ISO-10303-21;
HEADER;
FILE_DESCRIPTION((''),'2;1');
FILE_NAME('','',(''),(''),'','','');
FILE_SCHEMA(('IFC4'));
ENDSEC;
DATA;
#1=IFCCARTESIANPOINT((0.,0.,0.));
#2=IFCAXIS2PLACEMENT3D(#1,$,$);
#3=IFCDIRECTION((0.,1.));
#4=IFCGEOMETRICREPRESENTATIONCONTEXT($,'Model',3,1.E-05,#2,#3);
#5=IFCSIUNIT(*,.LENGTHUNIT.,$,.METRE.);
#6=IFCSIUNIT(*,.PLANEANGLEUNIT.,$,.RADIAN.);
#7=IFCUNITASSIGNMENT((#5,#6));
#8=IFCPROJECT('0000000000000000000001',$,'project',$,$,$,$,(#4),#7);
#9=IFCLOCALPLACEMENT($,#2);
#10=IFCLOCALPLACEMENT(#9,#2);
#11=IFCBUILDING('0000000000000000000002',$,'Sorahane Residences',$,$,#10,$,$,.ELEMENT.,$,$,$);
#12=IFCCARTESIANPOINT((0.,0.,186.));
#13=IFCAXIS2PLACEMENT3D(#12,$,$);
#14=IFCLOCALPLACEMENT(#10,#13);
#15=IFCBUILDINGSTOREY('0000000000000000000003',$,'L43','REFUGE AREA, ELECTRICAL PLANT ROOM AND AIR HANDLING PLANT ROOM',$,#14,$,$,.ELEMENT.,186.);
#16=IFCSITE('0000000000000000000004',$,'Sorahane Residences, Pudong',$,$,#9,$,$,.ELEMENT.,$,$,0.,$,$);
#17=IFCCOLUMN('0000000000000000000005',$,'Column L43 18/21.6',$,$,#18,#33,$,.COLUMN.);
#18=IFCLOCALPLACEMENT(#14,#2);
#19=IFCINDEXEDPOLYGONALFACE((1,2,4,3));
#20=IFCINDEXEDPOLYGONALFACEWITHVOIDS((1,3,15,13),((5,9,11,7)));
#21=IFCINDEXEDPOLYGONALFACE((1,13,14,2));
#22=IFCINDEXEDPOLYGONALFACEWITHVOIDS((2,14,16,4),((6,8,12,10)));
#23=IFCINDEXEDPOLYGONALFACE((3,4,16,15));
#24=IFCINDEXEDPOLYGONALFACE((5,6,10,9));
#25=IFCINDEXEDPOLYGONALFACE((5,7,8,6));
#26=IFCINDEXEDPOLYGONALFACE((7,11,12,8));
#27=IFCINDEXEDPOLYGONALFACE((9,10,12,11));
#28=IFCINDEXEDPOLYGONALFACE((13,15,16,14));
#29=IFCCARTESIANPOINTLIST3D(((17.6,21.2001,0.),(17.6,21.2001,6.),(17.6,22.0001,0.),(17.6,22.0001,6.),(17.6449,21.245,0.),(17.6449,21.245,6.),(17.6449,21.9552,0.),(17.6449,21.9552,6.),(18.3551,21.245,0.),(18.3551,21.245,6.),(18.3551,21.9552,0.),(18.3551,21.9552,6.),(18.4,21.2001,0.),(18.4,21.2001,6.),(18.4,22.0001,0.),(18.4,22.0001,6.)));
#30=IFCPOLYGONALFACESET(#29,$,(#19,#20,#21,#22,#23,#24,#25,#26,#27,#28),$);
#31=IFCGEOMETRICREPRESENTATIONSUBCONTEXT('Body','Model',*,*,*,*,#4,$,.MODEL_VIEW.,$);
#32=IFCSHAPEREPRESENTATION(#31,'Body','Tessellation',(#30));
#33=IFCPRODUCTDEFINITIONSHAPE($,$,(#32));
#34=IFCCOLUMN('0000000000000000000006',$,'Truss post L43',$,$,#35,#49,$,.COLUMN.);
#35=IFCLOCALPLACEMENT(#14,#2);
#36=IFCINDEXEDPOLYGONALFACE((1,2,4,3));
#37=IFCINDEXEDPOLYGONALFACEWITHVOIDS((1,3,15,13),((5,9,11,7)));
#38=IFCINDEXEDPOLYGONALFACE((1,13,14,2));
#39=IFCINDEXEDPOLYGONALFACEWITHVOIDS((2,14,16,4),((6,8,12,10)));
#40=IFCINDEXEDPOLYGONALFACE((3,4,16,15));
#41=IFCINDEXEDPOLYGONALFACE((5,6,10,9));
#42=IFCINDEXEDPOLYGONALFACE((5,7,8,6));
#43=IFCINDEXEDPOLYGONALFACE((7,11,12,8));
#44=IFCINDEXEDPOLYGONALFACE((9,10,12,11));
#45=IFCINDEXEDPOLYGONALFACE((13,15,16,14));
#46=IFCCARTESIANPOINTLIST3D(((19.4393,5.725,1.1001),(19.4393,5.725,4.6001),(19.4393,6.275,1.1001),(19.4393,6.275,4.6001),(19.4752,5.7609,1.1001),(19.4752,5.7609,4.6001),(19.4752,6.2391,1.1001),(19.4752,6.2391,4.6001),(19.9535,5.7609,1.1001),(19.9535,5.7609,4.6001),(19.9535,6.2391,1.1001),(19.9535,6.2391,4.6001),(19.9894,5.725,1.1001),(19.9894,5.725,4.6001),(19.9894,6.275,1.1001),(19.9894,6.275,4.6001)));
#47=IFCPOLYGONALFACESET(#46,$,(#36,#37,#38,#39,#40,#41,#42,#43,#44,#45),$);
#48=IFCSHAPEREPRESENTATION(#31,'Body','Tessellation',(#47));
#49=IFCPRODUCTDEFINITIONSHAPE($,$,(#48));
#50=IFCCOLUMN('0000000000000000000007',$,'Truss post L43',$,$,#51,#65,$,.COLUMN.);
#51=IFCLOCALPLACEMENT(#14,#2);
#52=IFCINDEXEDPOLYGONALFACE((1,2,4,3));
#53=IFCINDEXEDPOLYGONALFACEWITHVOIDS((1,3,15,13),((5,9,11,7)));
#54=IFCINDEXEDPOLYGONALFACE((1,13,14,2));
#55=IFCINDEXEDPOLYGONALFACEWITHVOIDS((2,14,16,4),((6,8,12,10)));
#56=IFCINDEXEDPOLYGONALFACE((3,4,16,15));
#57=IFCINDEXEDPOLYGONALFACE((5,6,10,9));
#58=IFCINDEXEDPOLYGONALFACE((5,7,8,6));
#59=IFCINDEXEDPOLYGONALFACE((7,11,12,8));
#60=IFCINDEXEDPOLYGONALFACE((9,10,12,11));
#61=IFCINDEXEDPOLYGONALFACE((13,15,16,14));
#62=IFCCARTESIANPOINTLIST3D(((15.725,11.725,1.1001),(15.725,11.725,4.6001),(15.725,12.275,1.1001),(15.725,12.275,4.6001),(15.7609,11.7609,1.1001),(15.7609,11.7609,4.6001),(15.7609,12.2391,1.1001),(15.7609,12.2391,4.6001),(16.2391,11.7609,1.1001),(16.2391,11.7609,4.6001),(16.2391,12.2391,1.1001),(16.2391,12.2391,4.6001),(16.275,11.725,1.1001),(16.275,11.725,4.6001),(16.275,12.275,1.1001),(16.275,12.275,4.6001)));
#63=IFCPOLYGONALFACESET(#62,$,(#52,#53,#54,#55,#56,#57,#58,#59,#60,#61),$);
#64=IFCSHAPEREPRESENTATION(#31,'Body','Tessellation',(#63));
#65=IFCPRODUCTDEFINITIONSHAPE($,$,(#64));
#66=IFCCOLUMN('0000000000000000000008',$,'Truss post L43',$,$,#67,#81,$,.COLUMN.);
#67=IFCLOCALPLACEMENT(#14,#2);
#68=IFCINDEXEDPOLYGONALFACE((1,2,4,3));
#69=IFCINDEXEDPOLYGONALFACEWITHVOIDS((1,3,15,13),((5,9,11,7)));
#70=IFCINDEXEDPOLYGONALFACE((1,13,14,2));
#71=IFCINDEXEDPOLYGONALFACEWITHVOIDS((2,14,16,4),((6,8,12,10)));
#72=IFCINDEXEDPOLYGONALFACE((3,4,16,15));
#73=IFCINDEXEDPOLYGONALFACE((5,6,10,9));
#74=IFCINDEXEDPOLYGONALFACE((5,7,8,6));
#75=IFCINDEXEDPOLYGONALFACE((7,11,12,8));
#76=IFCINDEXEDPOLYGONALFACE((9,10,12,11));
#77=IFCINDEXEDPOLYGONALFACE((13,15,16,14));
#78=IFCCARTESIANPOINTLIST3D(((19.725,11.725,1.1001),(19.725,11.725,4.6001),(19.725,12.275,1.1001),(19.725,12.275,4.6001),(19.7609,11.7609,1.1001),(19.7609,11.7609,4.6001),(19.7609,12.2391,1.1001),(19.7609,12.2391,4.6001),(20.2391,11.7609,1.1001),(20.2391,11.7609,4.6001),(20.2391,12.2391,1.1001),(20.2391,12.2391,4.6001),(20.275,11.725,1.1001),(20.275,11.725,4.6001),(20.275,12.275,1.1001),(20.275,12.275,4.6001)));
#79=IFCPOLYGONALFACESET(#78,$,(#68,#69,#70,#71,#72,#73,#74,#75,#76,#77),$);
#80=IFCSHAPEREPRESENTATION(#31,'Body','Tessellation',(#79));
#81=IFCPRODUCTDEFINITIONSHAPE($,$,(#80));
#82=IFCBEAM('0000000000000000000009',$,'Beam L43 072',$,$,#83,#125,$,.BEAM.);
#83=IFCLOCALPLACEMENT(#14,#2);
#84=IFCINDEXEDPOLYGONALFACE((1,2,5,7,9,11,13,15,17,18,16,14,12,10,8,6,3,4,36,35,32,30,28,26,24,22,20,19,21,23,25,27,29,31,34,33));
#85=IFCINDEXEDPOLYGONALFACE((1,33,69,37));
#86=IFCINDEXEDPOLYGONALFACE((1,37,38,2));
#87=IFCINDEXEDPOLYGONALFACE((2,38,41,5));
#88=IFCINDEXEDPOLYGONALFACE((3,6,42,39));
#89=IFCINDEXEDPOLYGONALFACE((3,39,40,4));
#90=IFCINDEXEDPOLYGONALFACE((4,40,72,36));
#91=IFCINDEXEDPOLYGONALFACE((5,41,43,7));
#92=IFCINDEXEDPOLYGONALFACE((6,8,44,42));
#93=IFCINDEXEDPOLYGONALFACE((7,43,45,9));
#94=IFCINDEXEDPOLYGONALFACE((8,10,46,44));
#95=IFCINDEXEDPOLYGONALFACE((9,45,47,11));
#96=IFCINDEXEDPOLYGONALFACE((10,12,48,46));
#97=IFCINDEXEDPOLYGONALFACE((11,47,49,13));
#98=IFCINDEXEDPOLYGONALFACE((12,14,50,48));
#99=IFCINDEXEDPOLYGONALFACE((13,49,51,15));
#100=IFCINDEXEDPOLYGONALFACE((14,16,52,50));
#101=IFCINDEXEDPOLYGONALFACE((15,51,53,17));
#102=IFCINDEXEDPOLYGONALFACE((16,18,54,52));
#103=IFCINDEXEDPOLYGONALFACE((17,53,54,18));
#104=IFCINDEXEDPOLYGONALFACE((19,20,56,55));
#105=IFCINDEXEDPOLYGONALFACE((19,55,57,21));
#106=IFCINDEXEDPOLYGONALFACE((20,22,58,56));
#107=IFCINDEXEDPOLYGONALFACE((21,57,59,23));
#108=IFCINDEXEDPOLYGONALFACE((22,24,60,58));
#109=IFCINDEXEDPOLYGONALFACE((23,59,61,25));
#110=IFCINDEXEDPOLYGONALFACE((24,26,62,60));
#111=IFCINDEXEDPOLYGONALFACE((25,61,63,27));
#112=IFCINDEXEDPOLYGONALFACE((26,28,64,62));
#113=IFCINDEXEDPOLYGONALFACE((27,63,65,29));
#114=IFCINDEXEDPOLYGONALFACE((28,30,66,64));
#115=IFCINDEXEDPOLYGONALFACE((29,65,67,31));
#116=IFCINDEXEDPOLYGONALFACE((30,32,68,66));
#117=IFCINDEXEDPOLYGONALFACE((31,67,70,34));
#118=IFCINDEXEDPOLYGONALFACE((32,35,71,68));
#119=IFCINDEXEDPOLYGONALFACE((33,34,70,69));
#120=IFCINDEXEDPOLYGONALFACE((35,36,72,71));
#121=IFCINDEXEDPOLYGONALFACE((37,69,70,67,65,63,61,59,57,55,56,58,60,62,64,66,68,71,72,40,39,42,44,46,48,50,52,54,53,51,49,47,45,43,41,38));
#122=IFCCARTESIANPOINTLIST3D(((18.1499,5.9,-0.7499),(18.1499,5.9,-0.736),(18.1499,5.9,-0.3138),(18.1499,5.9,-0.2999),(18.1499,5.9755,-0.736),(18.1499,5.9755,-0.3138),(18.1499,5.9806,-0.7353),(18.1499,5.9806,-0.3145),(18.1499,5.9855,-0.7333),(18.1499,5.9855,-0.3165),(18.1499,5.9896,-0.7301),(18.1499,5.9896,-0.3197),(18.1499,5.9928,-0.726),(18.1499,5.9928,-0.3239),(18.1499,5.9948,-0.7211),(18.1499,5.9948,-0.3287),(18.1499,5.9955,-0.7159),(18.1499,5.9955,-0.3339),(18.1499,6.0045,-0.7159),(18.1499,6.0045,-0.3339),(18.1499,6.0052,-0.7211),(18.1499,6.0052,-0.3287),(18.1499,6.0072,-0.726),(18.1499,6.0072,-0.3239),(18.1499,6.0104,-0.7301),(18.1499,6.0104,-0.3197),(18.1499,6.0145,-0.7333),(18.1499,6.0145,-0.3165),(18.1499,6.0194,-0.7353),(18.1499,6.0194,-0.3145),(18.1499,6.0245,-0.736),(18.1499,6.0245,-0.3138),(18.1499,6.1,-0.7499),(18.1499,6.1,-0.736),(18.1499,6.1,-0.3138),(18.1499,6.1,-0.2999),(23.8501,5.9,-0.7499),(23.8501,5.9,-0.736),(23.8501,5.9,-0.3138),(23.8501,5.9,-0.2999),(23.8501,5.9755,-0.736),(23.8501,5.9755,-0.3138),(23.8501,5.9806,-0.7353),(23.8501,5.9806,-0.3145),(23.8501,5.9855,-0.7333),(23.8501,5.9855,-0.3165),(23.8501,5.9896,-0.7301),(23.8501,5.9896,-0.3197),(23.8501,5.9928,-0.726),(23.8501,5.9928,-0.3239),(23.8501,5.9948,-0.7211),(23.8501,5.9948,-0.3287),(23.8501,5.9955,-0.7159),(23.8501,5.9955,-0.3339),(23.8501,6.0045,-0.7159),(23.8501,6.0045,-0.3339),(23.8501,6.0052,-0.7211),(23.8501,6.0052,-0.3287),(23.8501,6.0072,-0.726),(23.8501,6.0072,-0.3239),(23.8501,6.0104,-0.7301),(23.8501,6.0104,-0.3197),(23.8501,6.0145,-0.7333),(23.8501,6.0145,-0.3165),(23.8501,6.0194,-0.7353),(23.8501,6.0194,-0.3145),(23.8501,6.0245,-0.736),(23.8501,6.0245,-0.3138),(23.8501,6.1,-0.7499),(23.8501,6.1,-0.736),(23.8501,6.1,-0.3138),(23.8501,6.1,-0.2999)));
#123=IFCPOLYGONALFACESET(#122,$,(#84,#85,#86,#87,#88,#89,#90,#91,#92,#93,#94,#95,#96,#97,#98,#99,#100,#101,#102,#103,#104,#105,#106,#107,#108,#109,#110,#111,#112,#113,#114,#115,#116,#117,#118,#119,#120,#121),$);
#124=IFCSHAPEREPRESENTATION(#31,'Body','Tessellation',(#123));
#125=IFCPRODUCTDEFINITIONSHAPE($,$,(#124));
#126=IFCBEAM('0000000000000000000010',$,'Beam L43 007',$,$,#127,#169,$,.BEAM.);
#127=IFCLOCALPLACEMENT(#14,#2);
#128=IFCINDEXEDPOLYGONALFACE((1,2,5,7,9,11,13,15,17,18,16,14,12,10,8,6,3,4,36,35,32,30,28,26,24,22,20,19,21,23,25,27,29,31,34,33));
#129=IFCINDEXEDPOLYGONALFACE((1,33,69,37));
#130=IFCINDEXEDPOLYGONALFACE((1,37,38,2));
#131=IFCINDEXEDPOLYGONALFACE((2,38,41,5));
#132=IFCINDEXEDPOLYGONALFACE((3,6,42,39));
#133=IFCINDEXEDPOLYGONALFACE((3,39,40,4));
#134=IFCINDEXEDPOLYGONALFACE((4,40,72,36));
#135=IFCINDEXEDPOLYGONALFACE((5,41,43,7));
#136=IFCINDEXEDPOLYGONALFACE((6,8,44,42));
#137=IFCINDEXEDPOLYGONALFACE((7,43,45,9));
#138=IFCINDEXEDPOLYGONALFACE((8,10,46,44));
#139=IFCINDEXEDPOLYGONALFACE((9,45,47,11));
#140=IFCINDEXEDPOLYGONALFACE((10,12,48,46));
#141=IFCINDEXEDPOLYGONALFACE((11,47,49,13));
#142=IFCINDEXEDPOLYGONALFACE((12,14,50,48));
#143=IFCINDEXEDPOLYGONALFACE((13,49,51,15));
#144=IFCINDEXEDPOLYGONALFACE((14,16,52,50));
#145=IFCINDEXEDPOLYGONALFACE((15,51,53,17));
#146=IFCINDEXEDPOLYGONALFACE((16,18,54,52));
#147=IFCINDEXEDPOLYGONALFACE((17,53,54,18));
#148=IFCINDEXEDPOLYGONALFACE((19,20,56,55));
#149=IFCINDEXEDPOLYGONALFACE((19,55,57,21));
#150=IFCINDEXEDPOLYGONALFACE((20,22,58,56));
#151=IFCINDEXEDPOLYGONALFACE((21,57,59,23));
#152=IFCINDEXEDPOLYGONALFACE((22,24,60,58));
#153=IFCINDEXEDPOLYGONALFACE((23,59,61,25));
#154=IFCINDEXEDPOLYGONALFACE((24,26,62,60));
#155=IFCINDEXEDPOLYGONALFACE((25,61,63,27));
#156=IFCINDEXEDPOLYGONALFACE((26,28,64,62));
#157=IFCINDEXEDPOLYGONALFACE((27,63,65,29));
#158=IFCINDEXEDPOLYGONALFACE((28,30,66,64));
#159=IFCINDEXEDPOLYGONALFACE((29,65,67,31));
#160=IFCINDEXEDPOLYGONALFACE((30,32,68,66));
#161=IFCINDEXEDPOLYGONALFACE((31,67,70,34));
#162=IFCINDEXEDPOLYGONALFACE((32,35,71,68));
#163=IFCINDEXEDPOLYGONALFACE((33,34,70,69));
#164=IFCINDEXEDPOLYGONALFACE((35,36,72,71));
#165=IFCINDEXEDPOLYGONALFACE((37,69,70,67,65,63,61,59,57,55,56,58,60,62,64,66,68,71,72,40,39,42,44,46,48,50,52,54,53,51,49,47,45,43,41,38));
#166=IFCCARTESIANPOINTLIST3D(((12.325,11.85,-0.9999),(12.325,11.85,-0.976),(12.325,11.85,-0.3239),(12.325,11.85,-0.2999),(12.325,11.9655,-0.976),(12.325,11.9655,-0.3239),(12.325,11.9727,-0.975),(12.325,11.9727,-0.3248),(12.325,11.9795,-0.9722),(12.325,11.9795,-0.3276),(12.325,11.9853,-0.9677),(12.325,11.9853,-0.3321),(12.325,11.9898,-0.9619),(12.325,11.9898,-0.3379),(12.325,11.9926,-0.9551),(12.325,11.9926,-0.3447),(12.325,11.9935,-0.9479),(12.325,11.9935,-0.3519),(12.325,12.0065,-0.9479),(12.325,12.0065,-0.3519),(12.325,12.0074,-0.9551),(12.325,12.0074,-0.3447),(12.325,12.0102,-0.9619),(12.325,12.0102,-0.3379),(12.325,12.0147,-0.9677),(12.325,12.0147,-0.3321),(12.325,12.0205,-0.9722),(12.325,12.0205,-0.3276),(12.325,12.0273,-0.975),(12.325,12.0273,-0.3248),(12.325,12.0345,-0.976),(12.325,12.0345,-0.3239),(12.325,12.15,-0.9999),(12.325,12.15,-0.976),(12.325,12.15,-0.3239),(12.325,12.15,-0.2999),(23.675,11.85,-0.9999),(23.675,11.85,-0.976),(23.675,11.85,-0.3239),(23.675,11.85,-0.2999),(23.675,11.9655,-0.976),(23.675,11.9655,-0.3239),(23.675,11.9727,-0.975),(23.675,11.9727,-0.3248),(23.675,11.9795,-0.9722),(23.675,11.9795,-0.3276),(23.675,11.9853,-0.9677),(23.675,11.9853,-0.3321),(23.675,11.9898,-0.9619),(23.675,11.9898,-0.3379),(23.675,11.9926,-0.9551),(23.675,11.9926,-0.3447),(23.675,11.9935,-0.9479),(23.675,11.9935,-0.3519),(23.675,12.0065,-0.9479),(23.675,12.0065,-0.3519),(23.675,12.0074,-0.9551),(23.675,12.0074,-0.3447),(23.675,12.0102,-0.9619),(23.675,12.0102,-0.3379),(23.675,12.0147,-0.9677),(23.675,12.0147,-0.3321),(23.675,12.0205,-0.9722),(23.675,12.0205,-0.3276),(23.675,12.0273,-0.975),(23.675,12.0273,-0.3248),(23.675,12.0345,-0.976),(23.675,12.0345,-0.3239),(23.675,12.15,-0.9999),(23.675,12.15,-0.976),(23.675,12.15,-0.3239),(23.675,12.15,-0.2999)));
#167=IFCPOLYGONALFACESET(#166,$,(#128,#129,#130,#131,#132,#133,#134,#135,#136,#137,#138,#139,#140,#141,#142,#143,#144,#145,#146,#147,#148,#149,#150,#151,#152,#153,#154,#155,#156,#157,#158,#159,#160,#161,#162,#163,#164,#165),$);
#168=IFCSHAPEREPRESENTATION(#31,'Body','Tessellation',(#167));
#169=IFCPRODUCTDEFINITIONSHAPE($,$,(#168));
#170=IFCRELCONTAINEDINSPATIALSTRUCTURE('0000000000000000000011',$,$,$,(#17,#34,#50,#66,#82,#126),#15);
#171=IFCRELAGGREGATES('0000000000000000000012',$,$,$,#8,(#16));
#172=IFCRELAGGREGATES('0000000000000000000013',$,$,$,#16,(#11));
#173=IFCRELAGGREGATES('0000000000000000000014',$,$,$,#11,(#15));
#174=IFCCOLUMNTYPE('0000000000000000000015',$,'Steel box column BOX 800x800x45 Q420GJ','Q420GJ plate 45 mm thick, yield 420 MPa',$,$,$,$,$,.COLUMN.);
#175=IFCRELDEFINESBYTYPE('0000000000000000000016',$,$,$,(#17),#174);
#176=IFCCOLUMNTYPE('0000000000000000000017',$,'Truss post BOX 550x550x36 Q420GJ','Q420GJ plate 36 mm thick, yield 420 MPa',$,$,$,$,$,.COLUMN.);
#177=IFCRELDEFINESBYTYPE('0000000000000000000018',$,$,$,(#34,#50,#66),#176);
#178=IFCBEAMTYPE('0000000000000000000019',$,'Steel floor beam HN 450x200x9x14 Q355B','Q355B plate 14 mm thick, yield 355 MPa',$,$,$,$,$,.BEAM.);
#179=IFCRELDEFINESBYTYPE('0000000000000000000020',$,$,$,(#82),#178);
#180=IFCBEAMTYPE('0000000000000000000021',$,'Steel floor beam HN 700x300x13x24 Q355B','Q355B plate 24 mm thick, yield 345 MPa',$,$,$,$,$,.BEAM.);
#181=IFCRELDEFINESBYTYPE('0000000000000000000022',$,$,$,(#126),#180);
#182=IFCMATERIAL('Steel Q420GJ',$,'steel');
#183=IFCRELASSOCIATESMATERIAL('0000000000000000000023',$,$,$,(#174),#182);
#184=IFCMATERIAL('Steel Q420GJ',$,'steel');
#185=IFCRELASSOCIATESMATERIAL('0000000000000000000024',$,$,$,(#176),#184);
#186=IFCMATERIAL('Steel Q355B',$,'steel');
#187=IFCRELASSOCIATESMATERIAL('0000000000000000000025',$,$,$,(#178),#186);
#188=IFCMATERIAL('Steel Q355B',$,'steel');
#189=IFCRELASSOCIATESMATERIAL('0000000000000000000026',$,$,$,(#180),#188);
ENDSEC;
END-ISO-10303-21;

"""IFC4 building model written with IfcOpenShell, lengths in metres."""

from ifc_helpers import new_model, si_unit, direction, frame, origin, origin_2d, place, context, subcontext, project, spatial, hollow_rectangle, i_section, extrude, material, material_profile, profile_set, type_object, element, save


model = new_model("IFC4")

# Units and contexts
model_context = context("Model", 3, precision=1e-05, world=origin(), true_north=direction((0.0, 1.0)))
body_context = subcontext(model_context, "Body", "Model", "MODEL_VIEW")
ifc_project = project(units=[si_unit("LENGTHUNIT", "METRE"), si_unit("PLANEANGLEUNIT", "RADIAN")], contexts=[model_context])

# Site, building, storey
site_placement = place(None, origin())
site = spatial("IfcSite", under=ifc_project, at=site_placement, Name="Sorahane Residences, Pudong", CompositionType="ELEMENT", RefElevation=0.0)
building_placement = place(site_placement, origin())
building = spatial("IfcBuilding", under=site, at=building_placement, Name="Sorahane Residences", CompositionType="ELEMENT")
storey_placement = place(building_placement, frame((0.0, 0.0, 186.0)))
storey = spatial("IfcBuildingStorey", under=building, at=storey_placement, Name="L43", Description="REFUGE AREA, ELECTRICAL PLANT ROOM AND AIR HANDLING PLANT ROOM", CompositionType="ELEMENT", Elevation=186.0)

# Columns
ifc_material_1 = material(Name="Steel Q420GJ", Category="steel")
ifc_material_profile_1 = material_profile(ifc_material_1, hollow_rectangle(XDim=0.8, YDim=0.8, WallThickness=0.0449, at=origin_2d()), Name="BOX 800x800x45")
ifc_profile_set_1 = profile_set([ifc_material_profile_1], Name="Steel Q420GJ")
column_type_1 = type_object("IfcColumnType", Name="Steel box column BOX 800x800x45 Q420GJ", Description="Q420GJ plate 45 mm thick, yield 420 MPa", PredefinedType="COLUMN", material=ifc_profile_set_1)
column_placement = place(storey_placement, frame((18.0, 21.6001, 0.0), z_axis=(0.0, 0.0, 1.0), x_axis=(1.0, 0.0, 0.0)))
element("IfcColumn", 1, at=column_placement, inside=storey, type_object=column_type_1, Name="Column L43 18/21.6", PredefinedType="COLUMN", context=body_context, shape_type="SweptSolid", body=[
    extrude(hollow_rectangle(XDim=0.8, YDim=0.8, WallThickness=0.0449, at=origin_2d()), origin(), (0.0, 0.0, 1.0), 6.0),
])
ifc_material_2 = material(Name="Steel Q420GJ", Category="steel")
ifc_material_profile_2 = material_profile(ifc_material_2, hollow_rectangle(XDim=0.55, YDim=0.55, WallThickness=0.0359, at=origin_2d()), Name="BOX 550x550x36")
ifc_profile_set_2 = profile_set([ifc_material_profile_2], Name="Steel Q420GJ")
column_type_2 = type_object("IfcColumnType", Name="Truss post BOX 550x550x36 Q420GJ", Description="Q420GJ plate 36 mm thick, yield 420 MPa", PredefinedType="COLUMN", material=ifc_profile_set_2)
for number, where, z_axis, x_axis, name in (
    (2, (19.7144, 6.0, 1.1001), (0.0, 0.0, 1.0), (1.0, 0.0, 0.0), "Truss post L43"),
    (3, (16.0, 12.0, 1.1001), (0.0, 0.0, 1.0), (1.0, 0.0, 0.0), "Truss post L43"),
    (4, (20.0, 12.0, 1.1001), (0.0, 0.0, 1.0), (1.0, 0.0, 0.0), "Truss post L43"),
):
    element("IfcColumn", number, at=place(storey_placement, frame(where, z_axis=z_axis, x_axis=x_axis)), inside=storey, type_object=column_type_2, Name=name, PredefinedType="COLUMN", context=body_context, shape_type="SweptSolid", body=[
        extrude(hollow_rectangle(XDim=0.55, YDim=0.55, WallThickness=0.0359, at=origin_2d()), origin(), (0.0, 0.0, 1.0), 3.5),
    ])

# Beams
ifc_material_3 = material(Name="Steel Q355B", Category="steel")
ifc_material_profile_3 = material_profile(ifc_material_3, i_section(OverallWidth=0.2, OverallDepth=0.45, WebThickness=0.009, FlangeThickness=0.0139, FilletRadius=0.02, at=origin_2d()), Name="HN 450x200x9x14")
ifc_profile_set_3 = profile_set([ifc_material_profile_3], Name="Steel Q355B")
beam_type_1 = type_object("IfcBeamType", Name="Steel floor beam HN 450x200x9x14 Q355B", Description="Q355B plate 14 mm thick, yield 355 MPa", PredefinedType="BEAM", material=ifc_profile_set_3)
beam_1_placement = place(storey_placement, frame((18.1499, 6.0, -0.5249), z_axis=(1.0, 0.0, 0.0), x_axis=(0.0, 1.0, 0.0)))
element("IfcBeam", 5, at=beam_1_placement, inside=storey, type_object=beam_type_1, Name="Beam L43 072", PredefinedType="BEAM", context=body_context, shape_type="SweptSolid", body=[
    extrude(i_section(OverallWidth=0.2, OverallDepth=0.45, WebThickness=0.009, FlangeThickness=0.0139, FilletRadius=0.02, at=origin_2d()), origin(), (0.0, 0.0, 1.0), 5.7002),
])
ifc_material_4 = material(Name="Steel Q355B", Category="steel")
ifc_material_profile_4 = material_profile(ifc_material_4, i_section(OverallWidth=0.3, OverallDepth=0.7, WebThickness=0.0129, FlangeThickness=0.0239, FilletRadius=0.0281, at=origin_2d()), Name="HN 700x300x13x24")
ifc_profile_set_4 = profile_set([ifc_material_profile_4], Name="Steel Q355B")
beam_type_2 = type_object("IfcBeamType", Name="Steel floor beam HN 700x300x13x24 Q355B", Description="Q355B plate 24 mm thick, yield 345 MPa", PredefinedType="BEAM", material=ifc_profile_set_4)
beam_2_placement = place(storey_placement, frame((12.325, 12.0, -0.6499), z_axis=(1.0, 0.0, 0.0), x_axis=(0.0, 1.0, 0.0)))
element("IfcBeam", 6, at=beam_2_placement, inside=storey, type_object=beam_type_2, Name="Beam L43 007", PredefinedType="BEAM", context=body_context, shape_type="SweptSolid", body=[
    extrude(i_section(OverallWidth=0.3, OverallDepth=0.7, WebThickness=0.0129, FlangeThickness=0.0239, FilletRadius=0.0281, at=origin_2d()), origin(), (0.0, 0.0, 1.0), 11.3501),
])

save(model, "model.ifc")
